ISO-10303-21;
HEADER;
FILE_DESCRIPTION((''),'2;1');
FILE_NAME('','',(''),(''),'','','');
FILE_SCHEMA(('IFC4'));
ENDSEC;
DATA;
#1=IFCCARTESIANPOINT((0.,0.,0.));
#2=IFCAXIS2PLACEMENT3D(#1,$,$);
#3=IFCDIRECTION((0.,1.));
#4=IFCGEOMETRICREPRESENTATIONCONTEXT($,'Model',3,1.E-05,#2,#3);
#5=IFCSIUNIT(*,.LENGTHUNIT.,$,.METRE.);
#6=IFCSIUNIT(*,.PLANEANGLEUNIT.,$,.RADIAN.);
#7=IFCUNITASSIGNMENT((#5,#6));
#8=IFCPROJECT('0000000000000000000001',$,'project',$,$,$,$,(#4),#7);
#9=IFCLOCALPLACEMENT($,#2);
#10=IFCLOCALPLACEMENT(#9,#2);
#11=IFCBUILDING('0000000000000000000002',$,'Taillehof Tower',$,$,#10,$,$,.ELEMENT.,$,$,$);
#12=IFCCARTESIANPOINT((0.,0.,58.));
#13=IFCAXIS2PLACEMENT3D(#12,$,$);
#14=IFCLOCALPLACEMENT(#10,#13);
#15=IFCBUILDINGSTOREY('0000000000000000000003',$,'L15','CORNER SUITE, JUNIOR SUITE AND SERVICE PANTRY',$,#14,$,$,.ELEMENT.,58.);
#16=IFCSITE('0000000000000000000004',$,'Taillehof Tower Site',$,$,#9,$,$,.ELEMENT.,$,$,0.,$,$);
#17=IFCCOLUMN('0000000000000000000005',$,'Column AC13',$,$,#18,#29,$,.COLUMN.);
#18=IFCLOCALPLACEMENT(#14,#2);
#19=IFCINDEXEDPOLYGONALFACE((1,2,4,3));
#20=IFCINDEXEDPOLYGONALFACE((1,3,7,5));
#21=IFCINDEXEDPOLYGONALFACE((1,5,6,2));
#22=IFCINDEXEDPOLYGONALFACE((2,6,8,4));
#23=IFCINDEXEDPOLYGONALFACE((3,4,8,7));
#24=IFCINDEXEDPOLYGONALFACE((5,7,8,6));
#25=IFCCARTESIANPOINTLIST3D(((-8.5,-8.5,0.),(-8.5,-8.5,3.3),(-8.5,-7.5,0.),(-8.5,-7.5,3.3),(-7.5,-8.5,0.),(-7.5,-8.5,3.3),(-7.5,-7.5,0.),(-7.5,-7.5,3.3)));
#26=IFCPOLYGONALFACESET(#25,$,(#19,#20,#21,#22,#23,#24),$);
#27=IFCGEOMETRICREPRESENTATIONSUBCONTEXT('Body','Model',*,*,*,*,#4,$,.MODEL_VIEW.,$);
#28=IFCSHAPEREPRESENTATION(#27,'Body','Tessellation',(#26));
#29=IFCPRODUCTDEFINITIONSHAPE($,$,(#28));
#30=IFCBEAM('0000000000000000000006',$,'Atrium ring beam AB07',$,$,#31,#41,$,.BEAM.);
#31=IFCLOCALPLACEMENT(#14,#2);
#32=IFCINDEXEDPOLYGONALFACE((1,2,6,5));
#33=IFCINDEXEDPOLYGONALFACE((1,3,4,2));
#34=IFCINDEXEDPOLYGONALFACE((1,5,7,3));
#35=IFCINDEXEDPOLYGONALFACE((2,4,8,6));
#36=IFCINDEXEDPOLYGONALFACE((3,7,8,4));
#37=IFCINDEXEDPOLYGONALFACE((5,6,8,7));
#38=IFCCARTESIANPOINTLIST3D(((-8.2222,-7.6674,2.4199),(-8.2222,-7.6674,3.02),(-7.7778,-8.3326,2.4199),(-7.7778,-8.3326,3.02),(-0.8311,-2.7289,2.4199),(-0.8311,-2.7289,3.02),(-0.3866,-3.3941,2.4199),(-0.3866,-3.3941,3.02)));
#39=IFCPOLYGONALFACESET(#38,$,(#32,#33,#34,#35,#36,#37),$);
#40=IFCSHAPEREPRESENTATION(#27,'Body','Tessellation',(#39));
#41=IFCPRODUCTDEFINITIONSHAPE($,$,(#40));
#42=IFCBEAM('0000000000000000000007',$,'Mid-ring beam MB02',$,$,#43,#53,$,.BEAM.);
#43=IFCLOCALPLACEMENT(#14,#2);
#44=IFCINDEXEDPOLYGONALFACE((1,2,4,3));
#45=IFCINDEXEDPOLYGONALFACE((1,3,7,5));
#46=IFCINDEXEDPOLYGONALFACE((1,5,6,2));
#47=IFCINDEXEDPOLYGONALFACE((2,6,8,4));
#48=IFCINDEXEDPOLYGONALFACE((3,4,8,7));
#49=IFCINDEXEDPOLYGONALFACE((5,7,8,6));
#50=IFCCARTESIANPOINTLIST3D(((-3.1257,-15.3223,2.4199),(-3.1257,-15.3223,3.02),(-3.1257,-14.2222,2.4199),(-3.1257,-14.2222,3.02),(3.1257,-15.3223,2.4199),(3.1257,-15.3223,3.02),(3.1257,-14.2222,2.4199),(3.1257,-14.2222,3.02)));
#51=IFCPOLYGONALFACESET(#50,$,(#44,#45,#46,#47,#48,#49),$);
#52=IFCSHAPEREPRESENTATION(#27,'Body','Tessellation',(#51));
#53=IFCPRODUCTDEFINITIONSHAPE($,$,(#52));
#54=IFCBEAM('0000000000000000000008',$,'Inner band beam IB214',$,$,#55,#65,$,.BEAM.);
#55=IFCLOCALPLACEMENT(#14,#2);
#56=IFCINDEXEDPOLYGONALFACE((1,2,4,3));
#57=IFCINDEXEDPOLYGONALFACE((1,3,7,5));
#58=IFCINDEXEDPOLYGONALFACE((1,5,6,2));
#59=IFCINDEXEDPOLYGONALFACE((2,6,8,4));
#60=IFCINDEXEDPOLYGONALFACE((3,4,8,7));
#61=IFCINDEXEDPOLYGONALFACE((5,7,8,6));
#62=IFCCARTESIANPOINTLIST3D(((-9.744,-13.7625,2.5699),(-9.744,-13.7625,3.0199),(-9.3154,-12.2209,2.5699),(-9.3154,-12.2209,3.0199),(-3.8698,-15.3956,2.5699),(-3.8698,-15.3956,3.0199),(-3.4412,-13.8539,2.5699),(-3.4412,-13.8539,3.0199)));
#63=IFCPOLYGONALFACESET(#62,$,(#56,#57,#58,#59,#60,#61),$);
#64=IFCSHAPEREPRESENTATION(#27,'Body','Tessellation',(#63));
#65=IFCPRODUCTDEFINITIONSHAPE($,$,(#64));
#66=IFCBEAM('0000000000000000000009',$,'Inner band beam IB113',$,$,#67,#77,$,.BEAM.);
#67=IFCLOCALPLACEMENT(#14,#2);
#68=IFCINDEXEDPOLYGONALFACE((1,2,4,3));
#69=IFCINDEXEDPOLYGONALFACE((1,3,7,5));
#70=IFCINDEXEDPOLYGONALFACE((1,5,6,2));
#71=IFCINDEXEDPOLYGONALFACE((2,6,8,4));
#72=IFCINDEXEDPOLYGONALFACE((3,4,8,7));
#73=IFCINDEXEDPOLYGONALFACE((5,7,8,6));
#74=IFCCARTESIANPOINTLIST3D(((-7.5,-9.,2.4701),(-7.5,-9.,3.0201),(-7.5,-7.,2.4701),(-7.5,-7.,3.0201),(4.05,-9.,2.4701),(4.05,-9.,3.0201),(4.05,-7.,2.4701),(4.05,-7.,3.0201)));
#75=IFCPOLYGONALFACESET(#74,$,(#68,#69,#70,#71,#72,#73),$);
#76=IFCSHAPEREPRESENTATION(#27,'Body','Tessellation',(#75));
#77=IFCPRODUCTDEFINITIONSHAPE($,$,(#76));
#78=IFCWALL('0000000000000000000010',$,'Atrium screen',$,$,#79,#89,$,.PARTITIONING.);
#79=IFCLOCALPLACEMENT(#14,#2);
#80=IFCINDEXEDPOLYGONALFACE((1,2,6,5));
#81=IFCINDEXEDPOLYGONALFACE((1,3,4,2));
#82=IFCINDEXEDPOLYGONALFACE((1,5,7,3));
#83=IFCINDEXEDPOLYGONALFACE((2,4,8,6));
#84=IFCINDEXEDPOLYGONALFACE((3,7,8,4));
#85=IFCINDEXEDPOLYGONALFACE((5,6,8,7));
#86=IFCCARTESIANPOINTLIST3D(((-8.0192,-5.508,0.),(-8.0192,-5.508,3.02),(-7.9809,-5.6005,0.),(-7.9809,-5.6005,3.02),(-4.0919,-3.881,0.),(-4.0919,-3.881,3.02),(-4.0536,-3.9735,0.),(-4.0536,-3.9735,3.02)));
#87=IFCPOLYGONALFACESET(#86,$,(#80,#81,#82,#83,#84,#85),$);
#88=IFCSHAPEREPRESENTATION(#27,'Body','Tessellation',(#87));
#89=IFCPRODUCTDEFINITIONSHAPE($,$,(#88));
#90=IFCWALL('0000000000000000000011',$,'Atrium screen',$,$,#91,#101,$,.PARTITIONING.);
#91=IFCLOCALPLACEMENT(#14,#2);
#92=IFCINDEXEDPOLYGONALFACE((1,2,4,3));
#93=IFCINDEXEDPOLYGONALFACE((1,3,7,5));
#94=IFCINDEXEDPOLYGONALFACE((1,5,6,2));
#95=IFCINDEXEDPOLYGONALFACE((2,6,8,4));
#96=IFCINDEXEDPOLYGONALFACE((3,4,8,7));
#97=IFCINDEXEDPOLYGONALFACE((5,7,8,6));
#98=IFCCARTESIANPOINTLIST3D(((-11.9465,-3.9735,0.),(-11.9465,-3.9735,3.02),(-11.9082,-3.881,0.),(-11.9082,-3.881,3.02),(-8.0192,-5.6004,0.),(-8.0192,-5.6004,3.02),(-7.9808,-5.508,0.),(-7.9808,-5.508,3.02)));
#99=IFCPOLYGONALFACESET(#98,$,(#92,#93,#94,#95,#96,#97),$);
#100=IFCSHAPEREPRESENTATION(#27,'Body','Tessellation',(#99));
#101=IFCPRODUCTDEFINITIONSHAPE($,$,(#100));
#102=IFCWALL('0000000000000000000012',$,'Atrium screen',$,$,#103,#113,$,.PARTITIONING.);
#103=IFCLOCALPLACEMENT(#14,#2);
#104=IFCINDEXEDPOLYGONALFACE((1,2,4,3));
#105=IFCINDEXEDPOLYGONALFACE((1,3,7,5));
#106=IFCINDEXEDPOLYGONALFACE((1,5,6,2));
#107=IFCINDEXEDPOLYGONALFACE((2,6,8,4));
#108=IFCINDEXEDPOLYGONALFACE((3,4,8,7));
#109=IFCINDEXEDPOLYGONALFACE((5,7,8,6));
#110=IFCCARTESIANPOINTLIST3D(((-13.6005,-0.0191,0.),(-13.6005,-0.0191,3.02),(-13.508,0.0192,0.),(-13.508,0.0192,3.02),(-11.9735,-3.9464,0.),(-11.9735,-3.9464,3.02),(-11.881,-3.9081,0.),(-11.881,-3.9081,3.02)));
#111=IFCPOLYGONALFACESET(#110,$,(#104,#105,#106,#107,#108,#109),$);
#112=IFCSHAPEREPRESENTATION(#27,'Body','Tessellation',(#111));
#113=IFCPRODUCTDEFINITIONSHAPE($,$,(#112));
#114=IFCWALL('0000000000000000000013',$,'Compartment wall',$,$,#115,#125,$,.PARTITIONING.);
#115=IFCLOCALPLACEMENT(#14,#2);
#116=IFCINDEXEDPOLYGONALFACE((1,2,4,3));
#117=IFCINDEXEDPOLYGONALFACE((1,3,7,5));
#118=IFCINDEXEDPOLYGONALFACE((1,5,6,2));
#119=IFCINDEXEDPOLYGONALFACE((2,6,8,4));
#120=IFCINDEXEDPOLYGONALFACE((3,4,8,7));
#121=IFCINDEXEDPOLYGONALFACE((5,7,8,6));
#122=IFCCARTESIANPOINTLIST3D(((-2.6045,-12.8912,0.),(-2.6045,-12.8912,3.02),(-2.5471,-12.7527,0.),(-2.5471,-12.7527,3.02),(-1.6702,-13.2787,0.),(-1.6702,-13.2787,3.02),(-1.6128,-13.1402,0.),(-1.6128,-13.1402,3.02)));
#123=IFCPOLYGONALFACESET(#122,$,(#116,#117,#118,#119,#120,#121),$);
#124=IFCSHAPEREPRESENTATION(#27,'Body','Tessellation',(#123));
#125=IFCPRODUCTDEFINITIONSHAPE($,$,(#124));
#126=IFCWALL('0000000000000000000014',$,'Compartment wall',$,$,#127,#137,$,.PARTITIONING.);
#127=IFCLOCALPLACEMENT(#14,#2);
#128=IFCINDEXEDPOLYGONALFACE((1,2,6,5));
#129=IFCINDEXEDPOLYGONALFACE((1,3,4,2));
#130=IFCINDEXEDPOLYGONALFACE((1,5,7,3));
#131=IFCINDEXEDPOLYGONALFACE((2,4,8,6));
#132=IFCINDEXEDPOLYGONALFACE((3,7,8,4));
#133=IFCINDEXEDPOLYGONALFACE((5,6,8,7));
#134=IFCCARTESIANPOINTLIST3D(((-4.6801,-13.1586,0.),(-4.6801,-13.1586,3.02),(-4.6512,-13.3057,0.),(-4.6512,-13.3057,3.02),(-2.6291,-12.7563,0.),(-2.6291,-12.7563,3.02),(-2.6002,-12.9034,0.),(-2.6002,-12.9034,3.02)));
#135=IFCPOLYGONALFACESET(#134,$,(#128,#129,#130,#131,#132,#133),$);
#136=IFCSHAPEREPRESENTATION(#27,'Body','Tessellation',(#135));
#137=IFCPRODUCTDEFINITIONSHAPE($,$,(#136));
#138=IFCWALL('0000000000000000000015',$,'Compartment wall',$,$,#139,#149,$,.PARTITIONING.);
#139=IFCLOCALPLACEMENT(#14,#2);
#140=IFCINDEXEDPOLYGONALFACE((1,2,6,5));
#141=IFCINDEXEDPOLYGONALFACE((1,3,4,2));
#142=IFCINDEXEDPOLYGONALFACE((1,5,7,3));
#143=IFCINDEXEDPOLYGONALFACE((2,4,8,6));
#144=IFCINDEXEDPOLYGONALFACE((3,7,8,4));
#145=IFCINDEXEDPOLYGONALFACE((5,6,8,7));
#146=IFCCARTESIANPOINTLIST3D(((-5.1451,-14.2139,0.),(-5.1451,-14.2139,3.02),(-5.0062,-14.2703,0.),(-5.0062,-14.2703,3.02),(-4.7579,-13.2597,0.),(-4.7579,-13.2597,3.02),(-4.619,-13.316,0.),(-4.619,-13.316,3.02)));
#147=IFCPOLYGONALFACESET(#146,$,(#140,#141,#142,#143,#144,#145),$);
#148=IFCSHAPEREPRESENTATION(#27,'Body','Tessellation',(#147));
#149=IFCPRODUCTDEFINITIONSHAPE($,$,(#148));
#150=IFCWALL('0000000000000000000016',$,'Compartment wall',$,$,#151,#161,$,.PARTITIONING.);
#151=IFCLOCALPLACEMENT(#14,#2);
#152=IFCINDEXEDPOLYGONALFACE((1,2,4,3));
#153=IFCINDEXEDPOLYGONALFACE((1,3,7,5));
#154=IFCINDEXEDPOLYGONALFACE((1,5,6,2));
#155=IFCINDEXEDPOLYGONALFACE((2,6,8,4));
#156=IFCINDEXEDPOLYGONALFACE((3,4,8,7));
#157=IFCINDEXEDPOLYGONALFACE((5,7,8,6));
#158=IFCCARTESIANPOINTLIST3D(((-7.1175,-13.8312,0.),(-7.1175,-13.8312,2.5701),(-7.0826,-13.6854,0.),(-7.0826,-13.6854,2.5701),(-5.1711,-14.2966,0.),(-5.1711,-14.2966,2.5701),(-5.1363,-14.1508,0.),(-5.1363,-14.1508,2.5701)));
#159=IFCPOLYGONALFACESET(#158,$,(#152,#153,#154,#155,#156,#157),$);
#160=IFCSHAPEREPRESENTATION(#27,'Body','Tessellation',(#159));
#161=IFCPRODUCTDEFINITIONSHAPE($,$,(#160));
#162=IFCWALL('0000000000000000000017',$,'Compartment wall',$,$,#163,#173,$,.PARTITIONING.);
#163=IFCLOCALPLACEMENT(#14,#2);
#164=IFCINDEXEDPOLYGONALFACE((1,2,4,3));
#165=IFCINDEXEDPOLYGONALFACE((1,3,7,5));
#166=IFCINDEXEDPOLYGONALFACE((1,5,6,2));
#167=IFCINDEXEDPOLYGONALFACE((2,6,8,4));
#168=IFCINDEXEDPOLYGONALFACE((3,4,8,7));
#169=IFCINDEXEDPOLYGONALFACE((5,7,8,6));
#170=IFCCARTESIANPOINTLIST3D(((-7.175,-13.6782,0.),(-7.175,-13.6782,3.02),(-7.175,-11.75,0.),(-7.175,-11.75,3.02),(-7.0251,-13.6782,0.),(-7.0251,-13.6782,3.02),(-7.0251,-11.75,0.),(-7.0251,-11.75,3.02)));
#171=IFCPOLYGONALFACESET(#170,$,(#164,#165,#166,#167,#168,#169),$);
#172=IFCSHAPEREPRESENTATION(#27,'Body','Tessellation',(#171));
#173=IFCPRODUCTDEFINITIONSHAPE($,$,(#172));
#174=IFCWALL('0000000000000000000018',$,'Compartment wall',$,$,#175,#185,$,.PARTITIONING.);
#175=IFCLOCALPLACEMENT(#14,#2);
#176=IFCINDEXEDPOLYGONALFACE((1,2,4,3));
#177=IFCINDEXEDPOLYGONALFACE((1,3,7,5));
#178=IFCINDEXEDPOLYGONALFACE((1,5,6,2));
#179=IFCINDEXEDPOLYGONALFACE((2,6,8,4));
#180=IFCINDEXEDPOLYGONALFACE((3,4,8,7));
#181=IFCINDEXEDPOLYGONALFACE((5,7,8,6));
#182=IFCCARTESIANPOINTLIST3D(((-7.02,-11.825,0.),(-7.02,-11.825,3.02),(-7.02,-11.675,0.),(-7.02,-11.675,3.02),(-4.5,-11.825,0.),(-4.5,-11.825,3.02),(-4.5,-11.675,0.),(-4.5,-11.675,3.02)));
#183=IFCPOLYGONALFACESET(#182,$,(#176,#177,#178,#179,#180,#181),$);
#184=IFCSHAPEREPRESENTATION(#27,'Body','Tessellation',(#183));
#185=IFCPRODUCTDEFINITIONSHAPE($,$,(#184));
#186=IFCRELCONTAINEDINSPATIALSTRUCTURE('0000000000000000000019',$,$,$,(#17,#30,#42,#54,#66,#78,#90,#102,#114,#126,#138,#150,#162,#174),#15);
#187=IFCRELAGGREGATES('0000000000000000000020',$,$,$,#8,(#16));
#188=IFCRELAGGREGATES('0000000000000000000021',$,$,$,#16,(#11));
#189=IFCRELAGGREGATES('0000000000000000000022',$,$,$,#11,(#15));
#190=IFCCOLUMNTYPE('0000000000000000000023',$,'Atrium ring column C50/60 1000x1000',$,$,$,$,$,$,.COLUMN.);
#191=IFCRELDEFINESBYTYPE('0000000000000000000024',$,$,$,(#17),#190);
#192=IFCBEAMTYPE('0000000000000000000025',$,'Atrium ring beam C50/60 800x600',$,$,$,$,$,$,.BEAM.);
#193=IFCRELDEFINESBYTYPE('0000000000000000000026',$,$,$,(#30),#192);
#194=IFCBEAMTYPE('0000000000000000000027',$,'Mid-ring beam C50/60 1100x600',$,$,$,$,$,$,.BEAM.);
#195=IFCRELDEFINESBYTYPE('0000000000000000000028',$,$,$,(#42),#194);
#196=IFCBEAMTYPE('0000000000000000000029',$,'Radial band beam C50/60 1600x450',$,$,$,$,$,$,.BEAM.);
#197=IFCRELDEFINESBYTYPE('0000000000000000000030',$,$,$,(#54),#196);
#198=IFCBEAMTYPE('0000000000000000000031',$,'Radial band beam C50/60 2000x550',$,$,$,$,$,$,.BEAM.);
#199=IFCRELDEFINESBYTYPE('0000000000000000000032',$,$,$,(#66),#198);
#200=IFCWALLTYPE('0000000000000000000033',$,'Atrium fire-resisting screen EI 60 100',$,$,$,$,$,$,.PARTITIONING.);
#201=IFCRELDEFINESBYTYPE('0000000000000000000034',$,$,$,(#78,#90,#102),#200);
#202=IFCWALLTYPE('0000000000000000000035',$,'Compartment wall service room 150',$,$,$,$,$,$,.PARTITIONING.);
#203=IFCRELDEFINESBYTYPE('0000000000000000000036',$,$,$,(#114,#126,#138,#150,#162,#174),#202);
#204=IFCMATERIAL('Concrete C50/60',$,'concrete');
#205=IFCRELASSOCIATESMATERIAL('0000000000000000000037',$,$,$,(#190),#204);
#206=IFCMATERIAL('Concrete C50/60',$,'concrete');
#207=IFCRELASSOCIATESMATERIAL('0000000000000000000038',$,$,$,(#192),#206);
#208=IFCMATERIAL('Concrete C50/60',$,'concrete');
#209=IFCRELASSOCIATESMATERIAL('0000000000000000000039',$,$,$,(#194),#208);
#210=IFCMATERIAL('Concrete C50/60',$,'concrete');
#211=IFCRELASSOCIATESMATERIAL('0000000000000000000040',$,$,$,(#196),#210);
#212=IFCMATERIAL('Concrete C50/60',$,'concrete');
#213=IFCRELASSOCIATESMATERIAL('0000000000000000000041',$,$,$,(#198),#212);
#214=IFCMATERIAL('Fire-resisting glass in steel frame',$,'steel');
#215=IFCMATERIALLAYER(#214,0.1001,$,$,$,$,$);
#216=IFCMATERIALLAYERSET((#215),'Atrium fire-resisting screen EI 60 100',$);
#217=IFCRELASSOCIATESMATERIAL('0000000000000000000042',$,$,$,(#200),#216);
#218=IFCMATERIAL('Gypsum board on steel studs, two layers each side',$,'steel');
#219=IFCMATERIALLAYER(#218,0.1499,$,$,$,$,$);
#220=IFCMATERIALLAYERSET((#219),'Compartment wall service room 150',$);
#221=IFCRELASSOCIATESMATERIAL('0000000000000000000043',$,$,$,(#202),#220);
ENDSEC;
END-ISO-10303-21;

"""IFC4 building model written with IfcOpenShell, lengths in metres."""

from ifc_helpers import new_model, si_unit, direction, frame, frame_2d, origin, origin_2d, place, context, subcontext, project, spatial, rectangle, extrude, material, layer, layer_set, material_profile, profile_set, type_object, element, save


model = new_model("IFC4")

# Units and contexts
model_context = context("Model", 3, precision=1e-05, world=origin(), true_north=direction((0.0, 1.0)))
body_context = subcontext(model_context, "Body", "Model", "MODEL_VIEW")
ifc_project = project(units=[si_unit("LENGTHUNIT", "METRE"), si_unit("PLANEANGLEUNIT", "RADIAN")], contexts=[model_context])

# Site, building, storey
site_placement = place(None, origin())
site = spatial("IfcSite", under=ifc_project, at=site_placement, Name="Taillehof Tower Site", CompositionType="ELEMENT", RefElevation=0.0)
building_placement = place(site_placement, origin())
building = spatial("IfcBuilding", under=site, at=building_placement, Name="Taillehof Tower", CompositionType="ELEMENT")
storey_placement = place(building_placement, frame((0.0, 0.0, 58.0)))
storey = spatial("IfcBuildingStorey", under=building, at=storey_placement, Name="L15", Description="CORNER SUITE, JUNIOR SUITE AND SERVICE PANTRY", CompositionType="ELEMENT", Elevation=58.0)

# Column
ifc_material_1 = material(Name="Concrete C50/60", Category="concrete")
ifc_material_profile_1 = material_profile(ifc_material_1, rectangle(XDim=1.0, YDim=1.0, at=origin_2d()), Name="RC 1000x1000")
ifc_profile_set_1 = profile_set([ifc_material_profile_1], Name="Concrete C50/60")
column_type = type_object("IfcColumnType", Name="Atrium ring column C50/60 1000x1000", PredefinedType="COLUMN", material=ifc_profile_set_1)
column_placement = place(storey_placement, frame((-8.0, -8.0, 0.0), z_axis=(0.0, 0.0, 1.0), x_axis=(1.0, 0.0, 0.0)))
element("IfcColumn", 1, at=column_placement, inside=storey, type_object=column_type, Name="Column AC13", PredefinedType="COLUMN", context=body_context, shape_type="SweptSolid", body=[
    extrude(rectangle(XDim=1.0, YDim=1.0, at=origin_2d()), origin(), (0.0, 0.0, 1.0), 3.3),
])

# Beams
ifc_material_2 = material(Name="Concrete C50/60", Category="concrete")
ifc_material_profile_2 = material_profile(ifc_material_2, rectangle(XDim=0.8, YDim=0.6001, at=origin_2d()), Name="RC 800x600")
ifc_profile_set_2 = profile_set([ifc_material_profile_2], Name="Concrete C50/60")
beam_type_1 = type_object("IfcBeamType", Name="Atrium ring beam C50/60 800x600", PredefinedType="BEAM", material=ifc_profile_set_2)
beam_1_placement = place(storey_placement, frame((-8.0, -8.0, 2.72), z_axis=(0.831475, 0.555562, 0.0), x_axis=(-0.555562, 0.831475, 0.0)))
element("IfcBeam", 2, at=beam_1_placement, inside=storey, type_object=beam_type_1, Name="Atrium ring beam AB07", PredefinedType="BEAM", context=body_context, shape_type="SweptSolid", body=[
    extrude(rectangle(XDim=0.8, YDim=0.6001, at=origin_2d()), origin(), (0.0, 0.0, 1.0), 8.8892),
])
ifc_material_3 = material(Name="Concrete C50/60", Category="concrete")
ifc_material_profile_3 = material_profile(ifc_material_3, rectangle(XDim=1.1001, YDim=0.6001, at=origin_2d()), Name="RC 1100x600")
ifc_profile_set_3 = profile_set([ifc_material_profile_3], Name="Concrete C50/60")
beam_type_2 = type_object("IfcBeamType", Name="Mid-ring beam C50/60 1100x600", PredefinedType="BEAM", material=ifc_profile_set_3)
beam_2_placement = place(storey_placement, frame((-3.1257, -14.7722, 2.72), z_axis=(1.0, 0.0, 0.0), x_axis=(0.0, 1.0, 0.0)))
element("IfcBeam", 3, at=beam_2_placement, inside=storey, type_object=beam_type_2, Name="Mid-ring beam MB02", PredefinedType="BEAM", context=body_context, shape_type="SweptSolid", body=[
    extrude(rectangle(XDim=1.1001, YDim=0.6001, at=origin_2d()), origin(), (0.0, 0.0, 1.0), 6.2515),
])
ifc_material_4 = material(Name="Concrete C50/60", Category="concrete")
ifc_material_profile_4 = material_profile(ifc_material_4, rectangle(XDim=1.6001, YDim=0.45, at=origin_2d()), Name="RC 1600x450")
ifc_profile_set_4 = profile_set([ifc_material_profile_4], Name="Concrete C50/60")
beam_type_3 = type_object("IfcBeamType", Name="Radial band beam C50/60 1600x450", PredefinedType="BEAM", material=ifc_profile_set_4)
beam_3_placement = place(storey_placement, frame((-3.6555, -14.6248, 2.7949), z_axis=(-0.963459, 0.267855, 0.0), x_axis=(-0.267855, -0.963459, 0.0)))
element("IfcBeam", 4, at=beam_3_placement, inside=storey, type_object=beam_type_3, Name="Inner band beam IB214", PredefinedType="BEAM", context=body_context, shape_type="SweptSolid", body=[
    extrude(rectangle(XDim=1.6001, YDim=0.45, at=origin_2d()), origin(), (0.0, 0.0, 1.0), 6.0969),
])
ifc_material_5 = material(Name="Concrete C50/60", Category="concrete")
ifc_material_profile_5 = material_profile(ifc_material_5, rectangle(XDim=2.0, YDim=0.55, at=origin_2d()), Name="RC 2000x550")
ifc_profile_set_5 = profile_set([ifc_material_profile_5], Name="Concrete C50/60")
beam_type_4 = type_object("IfcBeamType", Name="Radial band beam C50/60 2000x550", PredefinedType="BEAM", material=ifc_profile_set_5)
beam_4_placement = place(storey_placement, frame((-7.5, -8.0, 2.7451), z_axis=(1.0, 0.0, 0.0), x_axis=(0.0, 1.0, 0.0)))
element("IfcBeam", 5, at=beam_4_placement, inside=storey, type_object=beam_type_4, Name="Inner band beam IB113", PredefinedType="BEAM", context=body_context, shape_type="SweptSolid", body=[
    extrude(rectangle(XDim=2.0, YDim=0.55, at=origin_2d()), origin(), (0.0, 0.0, 1.0), 11.55),
])

# Walls
ifc_material_6 = material(Name="Fire-resisting glass in steel frame", Category="steel")
ifc_layer_1 = layer(ifc_material_6, 0.1001)
ifc_layer_set_1 = layer_set([ifc_layer_1], Name="Atrium fire-resisting screen EI 60 100")
wall_type_1 = type_object("IfcWallType", Name="Atrium fire-resisting screen EI 60 100", PredefinedType="PARTITIONING", material=ifc_layer_set_1)
for number, where, z_axis, x_axis, name in (
    (6, (-4.0728, -3.9272, 0.0), (0.0, 0.0, 1.0), (-0.92386, -0.382731, 0.0), "Atrium screen"),
    (7, (-8.0, -5.5542, 0.0), (0.0, 0.0, 1.0), (-0.92386, 0.382731, 0.0), "Atrium screen"),
    (8, (-11.9272, -3.9272, 0.0), (0.0, 0.0, 1.0), (-0.382731, 0.92386, 0.0), "Atrium screen"),
):
    element("IfcWall", number, at=place(storey_placement, frame(where, z_axis=z_axis, x_axis=x_axis)), inside=storey, type_object=wall_type_1, Name=name, PredefinedType="PARTITIONING", context=body_context, shape_type="SweptSolid", body=[
        extrude(rectangle(XDim=4.251, YDim=0.1001, at=frame_2d((2.1255, 0.0))), origin(), (0.0, 0.0, 1.0), 3.02),
    ])
ifc_material_7 = material(Name="Gypsum board on steel studs, two layers each side", Category="steel")
ifc_layer_2 = layer(ifc_material_7, 0.1499)
ifc_layer_set_2 = layer_set([ifc_layer_2], Name="Compartment wall service room 150")
wall_type_2 = type_object("IfcWallType", Name="Compartment wall service room 150", PredefinedType="PARTITIONING", material=ifc_layer_set_2)
wall_1_placement = place(storey_placement, frame((-1.6414, -13.2095, 0.0), z_axis=(0.0, 0.0, 1.0), x_axis=(-0.923725, 0.383055, 0.0)))
element("IfcWall", 9, at=wall_1_placement, inside=storey, type_object=wall_type_2, Name="Compartment wall", PredefinedType="PARTITIONING", context=body_context, shape_type="SweptSolid", body=[
    extrude(rectangle(XDim=1.0115, YDim=0.1499, at=frame_2d((0.5059, 0.0))), origin(), (0.0, 0.0, 1.0), 3.02),
])
wall_2_placement = place(storey_placement, frame((-2.6147, -12.8298, 0.0), z_axis=(0.0, 0.0, 1.0), x_axis=(-0.981297, -0.192498, 0.0)))
element("IfcWall", 10, at=wall_2_placement, inside=storey, type_object=wall_type_2, Name="Compartment wall", PredefinedType="PARTITIONING", context=body_context, shape_type="SweptSolid", body=[
    extrude(rectangle(XDim=2.0901, YDim=0.1499, at=frame_2d((1.0449, 0.0))), origin(), (0.0, 0.0, 1.0), 3.02),
])
wall_3_placement = place(storey_placement, frame((-4.6885, -13.2878, 0.0), z_axis=(0.0, 0.0, 1.0), x_axis=(-0.375964, -0.926634, 0.0)))
element("IfcWall", 11, at=wall_3_placement, inside=storey, type_object=wall_type_2, Name="Compartment wall", PredefinedType="PARTITIONING", context=body_context, shape_type="SweptSolid", body=[
    extrude(rectangle(XDim=1.0298, YDim=0.1499, at=frame_2d((0.5149, 0.0))), origin(), (0.0, 0.0, 1.0), 3.02),
])
wall_4_placement = place(storey_placement, frame((-5.1538, -14.2236, 0.0), z_axis=(0.0, 0.0, 1.0), x_axis=(-0.972588, 0.232533, 0.0)))
element("IfcWall", 12, at=wall_4_placement, inside=storey, type_object=wall_type_2, Name="Compartment wall", PredefinedType="PARTITIONING", context=body_context, shape_type="SweptSolid", body=[
    extrude(rectangle(XDim=2.0012, YDim=0.1499, at=frame_2d((1.0005, 0.0))), origin(), (0.0, 0.0, 1.0), 2.5701),
])
wall_5_placement = place(storey_placement, frame((-7.1001, -13.6782, 0.0), z_axis=(0.0, 0.0, 1.0), x_axis=(0.0, 1.0, 0.0)))
element("IfcWall", 13, at=wall_5_placement, inside=storey, type_object=wall_type_2, Name="Compartment wall", PredefinedType="PARTITIONING", context=body_context, shape_type="SweptSolid", body=[
    extrude(rectangle(XDim=1.9282, YDim=0.1499, at=frame_2d((0.9641, 0.0))), origin(), (0.0, 0.0, 1.0), 3.02),
])
wall_6_placement = place(storey_placement, frame((-7.02, -11.75, 0.0), z_axis=(0.0, 0.0, 1.0), x_axis=(1.0, 0.0, 0.0)))
element("IfcWall", 14, at=wall_6_placement, inside=storey, type_object=wall_type_2, Name="Compartment wall", PredefinedType="PARTITIONING", context=body_context, shape_type="SweptSolid", body=[
    extrude(rectangle(XDim=2.52, YDim=0.1499, at=frame_2d((1.26, 0.0))), origin(), (0.0, 0.0, 1.0), 3.02),
])

save(model, "model.ifc")
